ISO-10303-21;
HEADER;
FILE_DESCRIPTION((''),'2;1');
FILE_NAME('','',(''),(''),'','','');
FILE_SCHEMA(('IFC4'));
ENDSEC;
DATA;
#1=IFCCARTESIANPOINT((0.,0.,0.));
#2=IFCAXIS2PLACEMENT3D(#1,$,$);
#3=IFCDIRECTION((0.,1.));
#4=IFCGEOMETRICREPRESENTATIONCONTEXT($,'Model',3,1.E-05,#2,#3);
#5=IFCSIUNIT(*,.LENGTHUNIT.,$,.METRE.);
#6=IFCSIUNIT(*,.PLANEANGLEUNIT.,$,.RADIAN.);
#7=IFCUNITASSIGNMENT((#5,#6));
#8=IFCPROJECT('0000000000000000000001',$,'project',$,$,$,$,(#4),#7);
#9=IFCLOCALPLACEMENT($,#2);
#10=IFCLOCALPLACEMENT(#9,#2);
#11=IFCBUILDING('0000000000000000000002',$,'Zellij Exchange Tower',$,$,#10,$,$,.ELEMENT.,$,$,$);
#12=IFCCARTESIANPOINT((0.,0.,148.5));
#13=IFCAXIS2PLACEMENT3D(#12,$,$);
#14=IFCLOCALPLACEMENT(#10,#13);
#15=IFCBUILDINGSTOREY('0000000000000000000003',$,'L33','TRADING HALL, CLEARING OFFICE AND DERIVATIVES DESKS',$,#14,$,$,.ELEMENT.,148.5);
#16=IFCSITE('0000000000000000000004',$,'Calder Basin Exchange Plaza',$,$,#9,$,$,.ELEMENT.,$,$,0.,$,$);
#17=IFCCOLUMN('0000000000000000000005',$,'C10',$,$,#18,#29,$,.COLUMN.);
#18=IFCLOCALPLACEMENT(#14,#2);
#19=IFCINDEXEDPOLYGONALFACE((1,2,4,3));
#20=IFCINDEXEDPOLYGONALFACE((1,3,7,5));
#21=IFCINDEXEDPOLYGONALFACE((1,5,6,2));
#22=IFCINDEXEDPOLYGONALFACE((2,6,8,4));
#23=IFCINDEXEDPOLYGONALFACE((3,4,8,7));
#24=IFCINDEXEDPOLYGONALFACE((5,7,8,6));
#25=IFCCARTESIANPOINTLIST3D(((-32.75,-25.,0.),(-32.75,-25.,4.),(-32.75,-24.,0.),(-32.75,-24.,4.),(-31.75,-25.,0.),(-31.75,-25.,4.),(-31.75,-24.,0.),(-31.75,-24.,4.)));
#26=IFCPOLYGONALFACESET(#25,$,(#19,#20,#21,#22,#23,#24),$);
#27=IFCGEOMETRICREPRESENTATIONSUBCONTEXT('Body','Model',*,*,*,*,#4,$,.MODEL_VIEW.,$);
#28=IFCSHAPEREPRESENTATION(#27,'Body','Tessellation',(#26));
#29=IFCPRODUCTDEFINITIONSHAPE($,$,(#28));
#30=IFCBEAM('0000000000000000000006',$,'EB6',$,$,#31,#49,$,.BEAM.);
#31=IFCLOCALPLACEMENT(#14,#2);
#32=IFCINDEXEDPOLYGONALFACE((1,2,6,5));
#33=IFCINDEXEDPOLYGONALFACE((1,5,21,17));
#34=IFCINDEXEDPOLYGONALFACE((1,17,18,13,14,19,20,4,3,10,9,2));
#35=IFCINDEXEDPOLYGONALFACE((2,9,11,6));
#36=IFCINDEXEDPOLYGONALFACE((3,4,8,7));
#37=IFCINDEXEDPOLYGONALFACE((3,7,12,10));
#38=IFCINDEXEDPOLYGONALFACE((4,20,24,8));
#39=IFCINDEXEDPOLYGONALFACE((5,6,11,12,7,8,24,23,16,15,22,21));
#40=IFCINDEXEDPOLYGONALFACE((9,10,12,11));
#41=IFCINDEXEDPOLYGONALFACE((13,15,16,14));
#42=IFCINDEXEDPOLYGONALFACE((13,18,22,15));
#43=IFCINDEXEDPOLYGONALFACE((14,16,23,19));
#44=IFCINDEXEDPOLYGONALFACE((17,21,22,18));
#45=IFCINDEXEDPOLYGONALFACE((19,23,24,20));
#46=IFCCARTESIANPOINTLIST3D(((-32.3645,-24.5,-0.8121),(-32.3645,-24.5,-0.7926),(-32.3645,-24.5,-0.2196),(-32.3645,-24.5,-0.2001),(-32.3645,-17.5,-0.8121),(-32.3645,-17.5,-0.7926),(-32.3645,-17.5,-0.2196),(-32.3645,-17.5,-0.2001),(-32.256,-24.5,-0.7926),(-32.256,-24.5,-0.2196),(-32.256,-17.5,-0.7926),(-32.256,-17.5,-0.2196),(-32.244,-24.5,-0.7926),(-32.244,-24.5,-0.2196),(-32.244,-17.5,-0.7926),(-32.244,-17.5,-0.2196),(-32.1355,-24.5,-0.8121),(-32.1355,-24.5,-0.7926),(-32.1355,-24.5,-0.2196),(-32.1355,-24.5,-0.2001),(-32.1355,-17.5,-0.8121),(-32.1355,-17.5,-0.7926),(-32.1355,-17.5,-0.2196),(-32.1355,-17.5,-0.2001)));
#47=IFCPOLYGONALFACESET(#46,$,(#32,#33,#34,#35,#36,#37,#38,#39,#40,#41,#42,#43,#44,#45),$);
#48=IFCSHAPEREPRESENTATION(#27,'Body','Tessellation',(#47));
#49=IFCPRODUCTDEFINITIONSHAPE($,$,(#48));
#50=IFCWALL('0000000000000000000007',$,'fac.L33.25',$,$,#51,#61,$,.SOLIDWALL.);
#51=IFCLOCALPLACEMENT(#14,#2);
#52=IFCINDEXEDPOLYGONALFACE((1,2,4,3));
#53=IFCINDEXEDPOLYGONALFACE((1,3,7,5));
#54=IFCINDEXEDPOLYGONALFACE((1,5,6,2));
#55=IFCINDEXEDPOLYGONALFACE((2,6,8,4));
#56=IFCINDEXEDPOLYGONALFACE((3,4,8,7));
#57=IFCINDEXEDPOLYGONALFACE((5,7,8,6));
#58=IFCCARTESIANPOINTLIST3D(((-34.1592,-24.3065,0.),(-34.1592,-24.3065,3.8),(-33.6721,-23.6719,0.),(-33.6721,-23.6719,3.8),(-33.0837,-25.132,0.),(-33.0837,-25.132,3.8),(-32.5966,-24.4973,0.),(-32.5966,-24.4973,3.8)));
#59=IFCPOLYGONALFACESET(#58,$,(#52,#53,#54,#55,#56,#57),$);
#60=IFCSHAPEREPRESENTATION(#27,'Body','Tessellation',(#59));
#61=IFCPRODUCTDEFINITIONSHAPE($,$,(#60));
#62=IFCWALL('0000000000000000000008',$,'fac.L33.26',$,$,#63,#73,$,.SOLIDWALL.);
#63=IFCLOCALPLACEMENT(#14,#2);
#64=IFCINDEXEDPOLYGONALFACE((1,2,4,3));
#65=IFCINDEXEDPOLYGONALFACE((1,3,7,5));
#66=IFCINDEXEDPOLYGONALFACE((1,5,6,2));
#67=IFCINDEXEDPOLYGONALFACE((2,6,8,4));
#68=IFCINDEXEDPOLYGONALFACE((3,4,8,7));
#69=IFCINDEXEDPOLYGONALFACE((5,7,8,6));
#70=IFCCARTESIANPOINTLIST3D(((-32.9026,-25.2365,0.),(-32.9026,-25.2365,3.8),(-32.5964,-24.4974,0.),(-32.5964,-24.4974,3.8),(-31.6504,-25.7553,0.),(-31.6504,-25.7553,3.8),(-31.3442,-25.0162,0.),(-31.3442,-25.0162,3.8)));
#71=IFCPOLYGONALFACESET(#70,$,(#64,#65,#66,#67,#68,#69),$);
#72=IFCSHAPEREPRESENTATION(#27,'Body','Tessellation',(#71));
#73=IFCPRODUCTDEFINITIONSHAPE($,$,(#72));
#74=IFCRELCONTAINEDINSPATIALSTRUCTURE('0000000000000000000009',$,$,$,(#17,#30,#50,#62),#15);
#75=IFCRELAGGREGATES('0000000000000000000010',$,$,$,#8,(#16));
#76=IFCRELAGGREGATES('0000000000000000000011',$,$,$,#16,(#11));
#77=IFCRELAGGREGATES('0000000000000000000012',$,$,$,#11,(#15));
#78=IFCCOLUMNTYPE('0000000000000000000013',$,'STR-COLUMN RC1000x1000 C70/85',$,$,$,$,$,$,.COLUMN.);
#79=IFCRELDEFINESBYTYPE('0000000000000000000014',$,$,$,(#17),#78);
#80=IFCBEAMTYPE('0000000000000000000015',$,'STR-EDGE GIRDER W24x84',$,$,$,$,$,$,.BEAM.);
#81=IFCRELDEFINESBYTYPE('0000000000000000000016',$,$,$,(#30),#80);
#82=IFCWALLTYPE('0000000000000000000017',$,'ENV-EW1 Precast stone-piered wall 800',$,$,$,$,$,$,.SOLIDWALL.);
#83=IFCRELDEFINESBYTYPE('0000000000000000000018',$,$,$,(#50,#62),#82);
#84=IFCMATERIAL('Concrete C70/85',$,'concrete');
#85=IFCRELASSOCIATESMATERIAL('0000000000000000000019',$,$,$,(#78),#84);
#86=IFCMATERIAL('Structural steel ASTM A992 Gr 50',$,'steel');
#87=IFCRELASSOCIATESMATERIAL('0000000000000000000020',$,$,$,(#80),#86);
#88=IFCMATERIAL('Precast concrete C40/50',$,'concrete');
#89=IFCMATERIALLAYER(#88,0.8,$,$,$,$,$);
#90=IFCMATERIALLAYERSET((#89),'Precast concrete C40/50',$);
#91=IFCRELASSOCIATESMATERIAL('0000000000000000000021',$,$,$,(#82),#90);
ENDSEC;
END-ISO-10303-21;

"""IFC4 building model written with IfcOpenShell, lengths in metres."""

from ifc_helpers import new_model, si_unit, direction, frame, frame_2d, origin, origin_2d, place, context, subcontext, project, spatial, rectangle, i_section, extrude, material, layer, layer_set, material_profile, profile_set, type_object, element, save


model = new_model("IFC4")

# Units and contexts
model_context = context("Model", 3, precision=1e-05, world=origin(), true_north=direction((0.0, 1.0)))
body_context = subcontext(model_context, "Body", "Model", "MODEL_VIEW")
ifc_project = project(units=[si_unit("LENGTHUNIT", "METRE"), si_unit("PLANEANGLEUNIT", "RADIAN")], contexts=[model_context])

# Site, building, storey
site_placement = place(None, origin())
site = spatial("IfcSite", under=ifc_project, at=site_placement, Name="Calder Basin Exchange Plaza", CompositionType="ELEMENT", RefElevation=0.0)
building_placement = place(site_placement, origin())
building = spatial("IfcBuilding", under=site, at=building_placement, Name="Zellij Exchange Tower", CompositionType="ELEMENT")
storey_placement = place(building_placement, frame((0.0, 0.0, 148.5)))
storey = spatial("IfcBuildingStorey", under=building, at=storey_placement, Name="L33", Description="TRADING HALL, CLEARING OFFICE AND DERIVATIVES DESKS", CompositionType="ELEMENT", Elevation=148.5)

# Column
ifc_material_1 = material(Name="Concrete C70/85", Category="concrete")
ifc_material_profile_1 = material_profile(ifc_material_1, rectangle(XDim=1.0, YDim=1.0, at=origin_2d()), Name="STR-COLUMN RC1000x1000 C70/85")
ifc_profile_set_1 = profile_set([ifc_material_profile_1], Name="Concrete C70/85")
column_type = type_object("IfcColumnType", Name="STR-COLUMN RC1000x1000 C70/85", PredefinedType="COLUMN", material=ifc_profile_set_1)
column_placement = place(storey_placement, frame((-32.25, -24.5, 0.0), z_axis=(0.0, 0.0, 1.0), x_axis=(1.0, 0.0, 0.0)))
element("IfcColumn", 1, at=column_placement, inside=storey, type_object=column_type, Name="C10", PredefinedType="COLUMN", context=body_context, shape_type="SweptSolid", body=[
    extrude(rectangle(XDim=1.0, YDim=1.0, at=origin_2d()), origin(), (0.0, 0.0, 1.0), 4.0),
])

# Beam
ifc_material_2 = material(Name="Structural steel ASTM A992 Gr 50", Category="steel")
ifc_material_profile_2 = material_profile(ifc_material_2, i_section(OverallWidth=0.229, OverallDepth=0.6121, WebThickness=0.012, FlangeThickness=0.0195, at=origin_2d()), Name="W24x84")
ifc_profile_set_2 = profile_set([ifc_material_profile_2], Name="Structural steel ASTM A992 Gr 50")
beam_type = type_object("IfcBeamType", Name="STR-EDGE GIRDER W24x84", PredefinedType="BEAM", material=ifc_profile_set_2)
beam_placement = place(storey_placement, frame((-32.25, -24.5, -0.5061), z_axis=(0.0, 1.0, 0.0), x_axis=(-1.0, 0.0, 0.0)))
element("IfcBeam", 2, at=beam_placement, inside=storey, type_object=beam_type, Name="EB6", PredefinedType="BEAM", context=body_context, shape_type="SweptSolid", body=[
    extrude(i_section(OverallWidth=0.229, OverallDepth=0.6121, WebThickness=0.012, FlangeThickness=0.0195, at=origin_2d()), origin(), (0.0, 0.0, 1.0), 7.0),
])

# Walls
ifc_material_3 = material(Name="Precast concrete C40/50", Category="concrete")
ifc_layer = layer(ifc_material_3, 0.8)
ifc_layer_set = layer_set([ifc_layer], Name="Precast concrete C40/50")
wall_type = type_object("IfcWallType", Name="ENV-EW1 Precast stone-piered wall 800", PredefinedType="SOLIDWALL", material=ifc_layer_set)
wall_1_placement = place(storey_placement, frame((-33.9155, -23.9893, 0.0), z_axis=(0.0, 0.0, 1.0), x_axis=(0.793273, -0.608866, 0.0)))
element("IfcWall", 3, at=wall_1_placement, inside=storey, type_object=wall_type, Name="fac.L33.25", PredefinedType="SOLIDWALL", context=body_context, shape_type="SweptSolid", body=[
    extrude(rectangle(XDim=1.3557, YDim=0.8, at=frame_2d((0.6777, 0.0))), origin(), (0.0, 0.0, 1.0), 3.8),
])
wall_2_placement = place(storey_placement, frame((-32.7495, -24.8669, 0.0), z_axis=(0.0, 0.0, 1.0), x_axis=(0.923848, -0.38276, 0.0)))
element("IfcWall", 4, at=wall_2_placement, inside=storey, type_object=wall_type, Name="fac.L33.26", PredefinedType="SOLIDWALL", context=body_context, shape_type="SweptSolid", body=[
    extrude(rectangle(XDim=1.3555, YDim=0.8, at=frame_2d((0.6777, 0.0))), origin(), (0.0, 0.0, 1.0), 3.8),
])

save(model, "model.ifc")
